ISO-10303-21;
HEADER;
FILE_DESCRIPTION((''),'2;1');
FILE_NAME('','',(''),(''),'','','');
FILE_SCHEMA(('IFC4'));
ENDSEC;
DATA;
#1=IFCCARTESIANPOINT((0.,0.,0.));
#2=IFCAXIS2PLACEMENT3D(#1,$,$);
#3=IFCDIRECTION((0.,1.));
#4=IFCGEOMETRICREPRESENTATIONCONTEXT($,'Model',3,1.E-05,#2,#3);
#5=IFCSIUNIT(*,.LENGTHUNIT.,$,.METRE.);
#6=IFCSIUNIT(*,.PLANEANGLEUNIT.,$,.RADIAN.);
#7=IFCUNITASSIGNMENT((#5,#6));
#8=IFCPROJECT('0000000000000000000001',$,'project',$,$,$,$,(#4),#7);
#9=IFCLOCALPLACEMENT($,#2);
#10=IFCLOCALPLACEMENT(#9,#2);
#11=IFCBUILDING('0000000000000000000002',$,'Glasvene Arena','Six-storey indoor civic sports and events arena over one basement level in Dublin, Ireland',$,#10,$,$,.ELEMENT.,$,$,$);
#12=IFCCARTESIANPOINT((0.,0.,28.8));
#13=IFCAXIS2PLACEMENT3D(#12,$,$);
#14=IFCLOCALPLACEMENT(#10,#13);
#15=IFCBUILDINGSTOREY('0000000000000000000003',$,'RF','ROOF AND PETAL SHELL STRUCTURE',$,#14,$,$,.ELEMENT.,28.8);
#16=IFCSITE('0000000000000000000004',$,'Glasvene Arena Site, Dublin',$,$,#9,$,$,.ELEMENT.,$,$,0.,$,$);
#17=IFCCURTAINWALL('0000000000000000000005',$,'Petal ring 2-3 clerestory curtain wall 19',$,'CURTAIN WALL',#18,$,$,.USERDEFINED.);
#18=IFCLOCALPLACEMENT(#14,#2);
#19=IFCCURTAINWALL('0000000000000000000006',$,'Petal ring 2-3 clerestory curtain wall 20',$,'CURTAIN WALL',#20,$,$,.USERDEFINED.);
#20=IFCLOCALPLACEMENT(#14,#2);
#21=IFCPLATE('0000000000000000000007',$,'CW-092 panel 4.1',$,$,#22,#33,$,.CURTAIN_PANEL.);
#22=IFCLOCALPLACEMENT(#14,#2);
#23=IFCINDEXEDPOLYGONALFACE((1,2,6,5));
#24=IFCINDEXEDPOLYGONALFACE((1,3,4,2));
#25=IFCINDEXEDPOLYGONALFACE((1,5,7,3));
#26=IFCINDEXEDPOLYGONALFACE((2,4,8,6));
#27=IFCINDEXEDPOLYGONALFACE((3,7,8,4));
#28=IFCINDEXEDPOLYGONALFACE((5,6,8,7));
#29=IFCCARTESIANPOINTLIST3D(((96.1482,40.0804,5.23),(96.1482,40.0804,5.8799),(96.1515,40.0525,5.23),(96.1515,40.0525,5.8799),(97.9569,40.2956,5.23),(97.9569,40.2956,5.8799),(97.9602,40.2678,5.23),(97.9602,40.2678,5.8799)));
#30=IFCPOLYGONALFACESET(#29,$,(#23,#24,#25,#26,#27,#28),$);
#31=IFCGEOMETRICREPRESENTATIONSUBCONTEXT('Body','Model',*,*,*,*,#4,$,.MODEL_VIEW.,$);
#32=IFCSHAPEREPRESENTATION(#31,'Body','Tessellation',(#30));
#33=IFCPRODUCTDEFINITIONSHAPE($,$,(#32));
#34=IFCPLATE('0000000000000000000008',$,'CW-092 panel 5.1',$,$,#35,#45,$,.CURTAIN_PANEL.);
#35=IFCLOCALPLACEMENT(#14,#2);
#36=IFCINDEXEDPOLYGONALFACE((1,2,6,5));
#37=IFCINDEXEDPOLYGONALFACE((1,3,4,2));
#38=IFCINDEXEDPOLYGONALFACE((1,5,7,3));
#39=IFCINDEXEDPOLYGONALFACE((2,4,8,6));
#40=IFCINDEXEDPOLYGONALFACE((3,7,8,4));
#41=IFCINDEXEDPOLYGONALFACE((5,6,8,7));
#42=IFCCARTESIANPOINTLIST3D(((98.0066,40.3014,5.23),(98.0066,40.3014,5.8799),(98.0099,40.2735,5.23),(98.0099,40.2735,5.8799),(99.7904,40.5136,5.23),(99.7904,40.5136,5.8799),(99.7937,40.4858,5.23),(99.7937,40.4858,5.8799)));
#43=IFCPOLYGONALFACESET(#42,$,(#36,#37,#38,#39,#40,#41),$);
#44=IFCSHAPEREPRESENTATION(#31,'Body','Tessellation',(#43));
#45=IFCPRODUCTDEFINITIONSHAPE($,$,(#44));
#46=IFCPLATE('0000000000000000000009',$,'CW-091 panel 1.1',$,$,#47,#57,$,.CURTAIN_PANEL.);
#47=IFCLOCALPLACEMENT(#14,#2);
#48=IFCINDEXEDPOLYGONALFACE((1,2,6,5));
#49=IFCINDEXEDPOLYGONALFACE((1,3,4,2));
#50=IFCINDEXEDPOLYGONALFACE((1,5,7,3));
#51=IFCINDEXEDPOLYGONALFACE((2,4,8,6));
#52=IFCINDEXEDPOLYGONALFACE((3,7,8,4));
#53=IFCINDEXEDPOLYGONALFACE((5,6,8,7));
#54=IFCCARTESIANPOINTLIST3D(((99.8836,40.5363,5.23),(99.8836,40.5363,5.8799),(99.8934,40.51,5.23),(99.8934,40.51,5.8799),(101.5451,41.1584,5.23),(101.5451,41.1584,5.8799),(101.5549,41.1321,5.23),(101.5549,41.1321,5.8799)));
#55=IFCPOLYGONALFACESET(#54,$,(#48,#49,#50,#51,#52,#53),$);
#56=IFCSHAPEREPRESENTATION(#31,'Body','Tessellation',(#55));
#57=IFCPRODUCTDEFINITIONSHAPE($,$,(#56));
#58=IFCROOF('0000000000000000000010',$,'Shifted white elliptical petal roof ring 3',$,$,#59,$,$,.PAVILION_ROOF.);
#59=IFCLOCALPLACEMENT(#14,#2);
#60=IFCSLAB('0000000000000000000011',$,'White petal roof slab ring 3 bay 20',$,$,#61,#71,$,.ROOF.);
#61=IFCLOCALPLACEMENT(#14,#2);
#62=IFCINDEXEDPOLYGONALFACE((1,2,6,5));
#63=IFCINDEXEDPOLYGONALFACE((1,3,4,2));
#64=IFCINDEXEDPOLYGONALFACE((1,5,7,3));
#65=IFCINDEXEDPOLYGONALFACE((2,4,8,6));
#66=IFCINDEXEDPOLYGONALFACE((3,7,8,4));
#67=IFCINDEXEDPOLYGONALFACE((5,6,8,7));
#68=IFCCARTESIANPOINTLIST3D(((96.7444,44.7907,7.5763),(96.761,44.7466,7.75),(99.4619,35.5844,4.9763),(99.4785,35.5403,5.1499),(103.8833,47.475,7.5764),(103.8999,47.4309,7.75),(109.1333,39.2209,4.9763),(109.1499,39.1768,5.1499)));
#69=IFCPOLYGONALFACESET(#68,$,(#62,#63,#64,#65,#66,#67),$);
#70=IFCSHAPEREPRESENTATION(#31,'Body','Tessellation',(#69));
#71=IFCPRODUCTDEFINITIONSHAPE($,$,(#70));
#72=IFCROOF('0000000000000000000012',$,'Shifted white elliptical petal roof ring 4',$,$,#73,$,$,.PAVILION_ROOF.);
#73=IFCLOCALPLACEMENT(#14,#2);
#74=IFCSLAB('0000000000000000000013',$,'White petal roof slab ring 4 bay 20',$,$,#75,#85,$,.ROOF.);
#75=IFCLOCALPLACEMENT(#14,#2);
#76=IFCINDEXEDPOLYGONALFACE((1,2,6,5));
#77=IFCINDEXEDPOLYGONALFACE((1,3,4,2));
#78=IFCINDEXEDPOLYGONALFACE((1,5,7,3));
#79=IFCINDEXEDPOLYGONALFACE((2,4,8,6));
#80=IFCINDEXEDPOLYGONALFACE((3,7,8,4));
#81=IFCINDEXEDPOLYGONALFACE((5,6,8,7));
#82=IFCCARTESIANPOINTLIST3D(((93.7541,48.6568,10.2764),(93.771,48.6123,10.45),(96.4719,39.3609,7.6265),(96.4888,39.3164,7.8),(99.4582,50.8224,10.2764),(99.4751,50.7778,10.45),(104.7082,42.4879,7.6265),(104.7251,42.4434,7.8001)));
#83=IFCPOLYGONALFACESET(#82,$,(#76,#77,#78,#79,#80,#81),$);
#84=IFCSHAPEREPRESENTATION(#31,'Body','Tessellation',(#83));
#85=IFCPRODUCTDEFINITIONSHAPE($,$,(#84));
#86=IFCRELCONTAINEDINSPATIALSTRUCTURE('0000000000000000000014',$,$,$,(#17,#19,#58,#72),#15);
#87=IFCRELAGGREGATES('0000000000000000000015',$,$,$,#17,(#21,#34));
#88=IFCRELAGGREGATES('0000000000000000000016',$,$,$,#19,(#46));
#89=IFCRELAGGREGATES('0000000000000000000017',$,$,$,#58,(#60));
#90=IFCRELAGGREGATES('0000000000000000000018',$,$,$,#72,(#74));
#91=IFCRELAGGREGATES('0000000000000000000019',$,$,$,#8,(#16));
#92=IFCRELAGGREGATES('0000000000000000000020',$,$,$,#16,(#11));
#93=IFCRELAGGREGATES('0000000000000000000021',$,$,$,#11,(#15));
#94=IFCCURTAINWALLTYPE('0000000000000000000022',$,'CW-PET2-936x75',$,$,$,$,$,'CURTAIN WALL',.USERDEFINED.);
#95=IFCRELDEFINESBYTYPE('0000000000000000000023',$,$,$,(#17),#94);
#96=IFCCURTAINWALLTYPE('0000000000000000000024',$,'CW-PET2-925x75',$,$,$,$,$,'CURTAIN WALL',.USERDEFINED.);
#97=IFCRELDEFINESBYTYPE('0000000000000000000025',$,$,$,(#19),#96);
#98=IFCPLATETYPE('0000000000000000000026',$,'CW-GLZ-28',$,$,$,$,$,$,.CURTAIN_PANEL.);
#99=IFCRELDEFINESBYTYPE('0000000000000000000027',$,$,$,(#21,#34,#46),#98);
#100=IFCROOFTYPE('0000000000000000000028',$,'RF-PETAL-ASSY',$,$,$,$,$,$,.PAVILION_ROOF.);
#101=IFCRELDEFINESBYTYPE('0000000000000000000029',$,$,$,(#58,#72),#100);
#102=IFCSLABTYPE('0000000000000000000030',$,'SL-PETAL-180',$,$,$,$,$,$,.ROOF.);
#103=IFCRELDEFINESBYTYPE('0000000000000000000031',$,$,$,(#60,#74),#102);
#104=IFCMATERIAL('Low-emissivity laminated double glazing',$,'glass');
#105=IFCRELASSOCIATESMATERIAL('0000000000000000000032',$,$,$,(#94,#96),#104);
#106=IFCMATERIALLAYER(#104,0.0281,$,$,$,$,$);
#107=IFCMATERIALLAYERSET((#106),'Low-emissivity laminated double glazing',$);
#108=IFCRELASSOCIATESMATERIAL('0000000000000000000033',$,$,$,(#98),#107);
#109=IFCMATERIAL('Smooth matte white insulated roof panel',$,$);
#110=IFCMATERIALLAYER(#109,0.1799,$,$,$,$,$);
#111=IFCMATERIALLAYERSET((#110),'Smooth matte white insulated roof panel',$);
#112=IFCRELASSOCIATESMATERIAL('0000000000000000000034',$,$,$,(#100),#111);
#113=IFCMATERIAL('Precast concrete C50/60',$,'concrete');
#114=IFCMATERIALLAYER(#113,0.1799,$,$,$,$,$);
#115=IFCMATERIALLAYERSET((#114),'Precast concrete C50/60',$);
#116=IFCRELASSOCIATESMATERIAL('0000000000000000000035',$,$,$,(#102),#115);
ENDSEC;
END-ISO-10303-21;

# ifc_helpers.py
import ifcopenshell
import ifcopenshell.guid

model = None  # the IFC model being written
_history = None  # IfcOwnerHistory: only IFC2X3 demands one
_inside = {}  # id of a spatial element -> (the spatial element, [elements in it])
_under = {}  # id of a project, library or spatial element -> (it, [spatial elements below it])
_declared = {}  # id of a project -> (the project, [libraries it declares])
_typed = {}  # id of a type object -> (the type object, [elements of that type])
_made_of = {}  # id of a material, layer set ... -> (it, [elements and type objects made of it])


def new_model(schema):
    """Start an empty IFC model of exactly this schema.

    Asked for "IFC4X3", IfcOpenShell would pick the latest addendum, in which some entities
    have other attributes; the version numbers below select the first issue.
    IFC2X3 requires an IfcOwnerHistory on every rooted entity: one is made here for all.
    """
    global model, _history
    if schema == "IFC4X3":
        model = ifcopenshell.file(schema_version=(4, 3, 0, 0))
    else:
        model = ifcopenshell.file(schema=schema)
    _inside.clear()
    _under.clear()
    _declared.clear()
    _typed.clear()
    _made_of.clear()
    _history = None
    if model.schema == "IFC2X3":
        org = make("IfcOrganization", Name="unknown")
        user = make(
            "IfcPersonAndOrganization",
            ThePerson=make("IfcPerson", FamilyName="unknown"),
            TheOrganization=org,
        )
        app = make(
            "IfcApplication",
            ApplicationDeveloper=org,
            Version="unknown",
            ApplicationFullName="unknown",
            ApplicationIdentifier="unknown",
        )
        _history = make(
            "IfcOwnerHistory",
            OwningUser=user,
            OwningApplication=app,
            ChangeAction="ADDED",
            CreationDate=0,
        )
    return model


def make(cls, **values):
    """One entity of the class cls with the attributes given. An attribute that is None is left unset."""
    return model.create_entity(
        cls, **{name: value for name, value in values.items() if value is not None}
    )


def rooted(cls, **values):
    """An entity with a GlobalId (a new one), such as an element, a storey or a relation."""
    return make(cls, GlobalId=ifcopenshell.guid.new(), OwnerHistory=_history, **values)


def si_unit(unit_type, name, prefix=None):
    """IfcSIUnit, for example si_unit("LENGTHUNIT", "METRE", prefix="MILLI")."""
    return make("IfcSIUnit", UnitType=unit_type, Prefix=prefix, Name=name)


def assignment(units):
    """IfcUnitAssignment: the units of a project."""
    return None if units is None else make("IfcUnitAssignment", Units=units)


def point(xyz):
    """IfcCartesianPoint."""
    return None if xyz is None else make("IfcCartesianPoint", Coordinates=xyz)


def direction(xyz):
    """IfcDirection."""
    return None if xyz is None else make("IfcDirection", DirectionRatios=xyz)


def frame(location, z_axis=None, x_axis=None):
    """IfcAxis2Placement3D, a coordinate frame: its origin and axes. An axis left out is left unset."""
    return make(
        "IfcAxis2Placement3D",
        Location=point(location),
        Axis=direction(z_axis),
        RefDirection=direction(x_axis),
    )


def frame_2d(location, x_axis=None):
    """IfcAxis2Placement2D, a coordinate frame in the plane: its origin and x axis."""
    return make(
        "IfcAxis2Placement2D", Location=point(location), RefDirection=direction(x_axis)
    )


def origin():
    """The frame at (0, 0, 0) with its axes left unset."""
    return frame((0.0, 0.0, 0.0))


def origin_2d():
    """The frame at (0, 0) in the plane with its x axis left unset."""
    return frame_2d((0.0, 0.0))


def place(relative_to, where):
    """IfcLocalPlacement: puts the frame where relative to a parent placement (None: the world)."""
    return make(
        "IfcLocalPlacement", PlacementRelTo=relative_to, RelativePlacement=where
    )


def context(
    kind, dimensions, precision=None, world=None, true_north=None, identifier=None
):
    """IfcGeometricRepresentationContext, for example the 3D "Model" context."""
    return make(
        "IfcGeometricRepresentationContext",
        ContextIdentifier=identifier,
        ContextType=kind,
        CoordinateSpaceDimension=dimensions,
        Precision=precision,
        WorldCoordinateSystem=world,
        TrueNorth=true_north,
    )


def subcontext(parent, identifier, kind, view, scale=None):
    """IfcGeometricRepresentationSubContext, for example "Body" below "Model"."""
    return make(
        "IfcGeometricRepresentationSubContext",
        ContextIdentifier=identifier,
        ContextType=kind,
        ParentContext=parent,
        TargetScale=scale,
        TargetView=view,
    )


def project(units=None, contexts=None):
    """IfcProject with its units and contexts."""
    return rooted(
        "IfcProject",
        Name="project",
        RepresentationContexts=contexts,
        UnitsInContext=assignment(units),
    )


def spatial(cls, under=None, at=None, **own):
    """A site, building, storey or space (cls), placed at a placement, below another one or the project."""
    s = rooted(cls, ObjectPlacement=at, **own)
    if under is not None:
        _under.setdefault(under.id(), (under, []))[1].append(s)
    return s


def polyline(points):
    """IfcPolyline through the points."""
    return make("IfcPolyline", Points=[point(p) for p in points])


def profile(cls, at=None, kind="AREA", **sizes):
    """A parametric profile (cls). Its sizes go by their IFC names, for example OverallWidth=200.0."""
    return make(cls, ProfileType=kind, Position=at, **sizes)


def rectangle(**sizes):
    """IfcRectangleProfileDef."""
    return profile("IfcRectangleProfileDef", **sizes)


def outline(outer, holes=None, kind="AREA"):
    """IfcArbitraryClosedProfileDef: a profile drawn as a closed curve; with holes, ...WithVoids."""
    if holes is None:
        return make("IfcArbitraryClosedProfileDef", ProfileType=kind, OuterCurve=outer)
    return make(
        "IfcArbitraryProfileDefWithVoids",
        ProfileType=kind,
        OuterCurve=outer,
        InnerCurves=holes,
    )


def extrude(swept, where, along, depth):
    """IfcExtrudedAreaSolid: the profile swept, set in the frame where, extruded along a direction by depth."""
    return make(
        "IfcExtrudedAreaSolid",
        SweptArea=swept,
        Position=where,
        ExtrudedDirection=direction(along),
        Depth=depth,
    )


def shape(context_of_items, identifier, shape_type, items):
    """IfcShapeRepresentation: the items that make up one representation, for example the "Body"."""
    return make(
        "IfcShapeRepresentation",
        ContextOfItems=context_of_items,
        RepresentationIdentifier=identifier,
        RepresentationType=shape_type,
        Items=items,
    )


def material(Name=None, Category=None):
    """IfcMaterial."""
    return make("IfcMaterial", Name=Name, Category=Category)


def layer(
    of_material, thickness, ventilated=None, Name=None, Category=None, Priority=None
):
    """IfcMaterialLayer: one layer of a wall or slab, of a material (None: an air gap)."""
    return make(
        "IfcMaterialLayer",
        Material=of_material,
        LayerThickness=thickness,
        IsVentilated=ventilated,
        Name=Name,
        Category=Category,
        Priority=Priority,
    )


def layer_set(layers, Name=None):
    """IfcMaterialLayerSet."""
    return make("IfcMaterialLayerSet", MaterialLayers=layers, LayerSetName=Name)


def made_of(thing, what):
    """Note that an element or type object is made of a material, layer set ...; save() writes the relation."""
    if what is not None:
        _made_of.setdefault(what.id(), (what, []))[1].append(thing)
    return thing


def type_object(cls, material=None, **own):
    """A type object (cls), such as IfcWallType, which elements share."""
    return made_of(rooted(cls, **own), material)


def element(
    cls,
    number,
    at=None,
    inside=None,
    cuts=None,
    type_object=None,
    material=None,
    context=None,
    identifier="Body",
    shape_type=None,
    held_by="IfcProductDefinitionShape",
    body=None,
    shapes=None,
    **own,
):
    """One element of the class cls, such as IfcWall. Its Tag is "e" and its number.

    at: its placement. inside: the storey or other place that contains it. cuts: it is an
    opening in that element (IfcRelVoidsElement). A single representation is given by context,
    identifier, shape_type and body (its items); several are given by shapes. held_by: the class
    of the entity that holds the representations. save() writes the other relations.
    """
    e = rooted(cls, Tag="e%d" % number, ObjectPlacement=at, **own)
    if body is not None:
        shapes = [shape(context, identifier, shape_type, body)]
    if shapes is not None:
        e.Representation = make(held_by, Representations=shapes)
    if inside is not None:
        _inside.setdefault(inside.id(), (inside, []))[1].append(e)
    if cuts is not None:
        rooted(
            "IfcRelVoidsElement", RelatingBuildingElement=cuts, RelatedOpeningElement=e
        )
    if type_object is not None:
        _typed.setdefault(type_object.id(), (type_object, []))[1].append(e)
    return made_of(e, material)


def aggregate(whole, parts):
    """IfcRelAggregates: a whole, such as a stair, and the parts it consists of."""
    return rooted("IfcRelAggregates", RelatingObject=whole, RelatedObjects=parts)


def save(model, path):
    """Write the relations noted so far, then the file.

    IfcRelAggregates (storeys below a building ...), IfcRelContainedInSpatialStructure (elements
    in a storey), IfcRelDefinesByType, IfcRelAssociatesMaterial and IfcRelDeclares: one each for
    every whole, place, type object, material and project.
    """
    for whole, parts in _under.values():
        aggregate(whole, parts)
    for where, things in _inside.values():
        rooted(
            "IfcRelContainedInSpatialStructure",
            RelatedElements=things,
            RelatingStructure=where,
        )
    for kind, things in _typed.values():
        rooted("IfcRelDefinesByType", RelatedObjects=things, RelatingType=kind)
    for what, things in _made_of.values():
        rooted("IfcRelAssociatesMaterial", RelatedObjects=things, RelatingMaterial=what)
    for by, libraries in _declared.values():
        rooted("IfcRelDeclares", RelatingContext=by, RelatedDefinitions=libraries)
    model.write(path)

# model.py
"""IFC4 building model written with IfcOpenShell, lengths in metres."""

from ifc_helpers import new_model, si_unit, direction, frame, origin, origin_2d, place, context, subcontext, project, spatial, polyline, rectangle, outline, extrude, material, layer, layer_set, type_object, element, aggregate, save


model = new_model("IFC4")

# Units and contexts
model_context = context("Model", 3, precision=1e-05, world=origin(), true_north=direction((0.0, 1.0)))
body_context = subcontext(model_context, "Body", "Model", "MODEL_VIEW")
ifc_project = project(units=[si_unit("LENGTHUNIT", "METRE"), si_unit("PLANEANGLEUNIT", "RADIAN")], contexts=[model_context])

# Site, building, storey
site_placement = place(None, origin())
site = spatial("IfcSite", under=ifc_project, at=site_placement, Name="Glasvene Arena Site, Dublin", CompositionType="ELEMENT", RefElevation=0.0)
building_placement = place(site_placement, origin())
building = spatial("IfcBuilding", under=site, at=building_placement, Name="Glasvene Arena", Description="Six-storey indoor civic sports and events arena over one basement level in Dublin, Ireland", CompositionType="ELEMENT")
storey_placement = place(building_placement, frame((0.0, 0.0, 28.8)))
storey = spatial("IfcBuildingStorey", under=building, at=storey_placement, Name="RF", Description="ROOF AND PETAL SHELL STRUCTURE", CompositionType="ELEMENT", Elevation=28.8)

# Curtain walls
ifc_material_1 = material(Name="Low-emissivity laminated double glazing", Category="glass")
curtain_wall_type_1 = type_object("IfcCurtainWallType", Name="CW-PET2-936x75", ElementType="CURTAIN WALL", PredefinedType="USERDEFINED", material=ifc_material_1)
curtain_wall_1_placement = place(storey_placement, frame((90.55, 39.3999, 0.0)))
curtain_wall_1 = element("IfcCurtainWall", 1, at=curtain_wall_1_placement, inside=storey, type_object=curtain_wall_type_1, Name="Petal ring 2-3 clerestory curtain wall 19", ObjectType="CURTAIN WALL", PredefinedType="USERDEFINED")
curtain_wall_type_2 = type_object("IfcCurtainWallType", Name="CW-PET2-925x75", ElementType="CURTAIN WALL", PredefinedType="USERDEFINED", material=ifc_material_1)
curtain_wall_2_placement = place(storey_placement, frame((99.8416, 40.5056, 0.0)))
curtain_wall_2 = element("IfcCurtainWall", 2, at=curtain_wall_2_placement, inside=storey, type_object=curtain_wall_type_2, Name="Petal ring 2-3 clerestory curtain wall 20", ObjectType="CURTAIN WALL", PredefinedType="USERDEFINED")

# Plates
ifc_layer_1 = layer(ifc_material_1, 0.0281)
ifc_layer_set_1 = layer_set([ifc_layer_1], Name="Low-emissivity laminated double glazing")
plate_type = type_object("IfcPlateType", Name="CW-GLZ-28", PredefinedType="CURTAIN_PANEL", material=ifc_layer_set_1)
plate_1_placement = place(storey_placement, frame((97.0542, 40.1741, 5.23), z_axis=(0.0, 0.0, 1.0), x_axis=(0.992994, 0.118166, 0.0)))
plate_1 = element("IfcPlate", 3, at=plate_1_placement, type_object=plate_type, Name="CW-092 panel 4.1", PredefinedType="CURTAIN_PANEL", context=body_context, shape_type="SweptSolid", body=[
    extrude(rectangle(XDim=1.8215, YDim=0.0281, at=origin_2d()), origin(), (0.0, 0.0, 1.0), 0.6499),
])
plate_2_placement = place(storey_placement, frame((98.9001, 40.3936, 5.23), z_axis=(0.0, 0.0, 1.0), x_axis=(0.992994, 0.118166, 0.0)))
plate_2 = element("IfcPlate", 4, at=plate_2_placement, type_object=plate_type, Name="CW-092 panel 5.1", PredefinedType="CURTAIN_PANEL", context=body_context, shape_type="SweptSolid", body=[
    extrude(rectangle(XDim=1.7964, YDim=0.0281, at=origin_2d()), origin(), (0.0, 0.0, 1.0), 0.6499),
])
aggregate(curtain_wall_1, [plate_1, plate_2])
plate_3_placement = place(storey_placement, frame((100.7192, 40.8342, 5.23), z_axis=(0.0, 0.0, 1.0), x_axis=(0.93651, 0.35064, 0.0)))
plate_3 = element("IfcPlate", 5, at=plate_3_placement, type_object=plate_type, Name="CW-091 panel 1.1", PredefinedType="CURTAIN_PANEL", context=body_context, shape_type="SweptSolid", body=[
    extrude(rectangle(XDim=1.7742, YDim=0.0281, at=origin_2d()), origin(), (0.0, 0.0, 1.0), 0.6499),
])
aggregate(curtain_wall_2, [plate_3])

# Roofs, slabs
ifc_material_2 = material(Name="Smooth matte white insulated roof panel")
ifc_layer_2 = layer(ifc_material_2, 0.1799)
ifc_layer_set_2 = layer_set([ifc_layer_2], Name="Smooth matte white insulated roof panel")
roof_type = type_object("IfcRoofType", Name="RF-PETAL-ASSY", PredefinedType="PAVILION_ROOF", material=ifc_layer_set_2)
roof_1_placement = place(storey_placement, frame((89.1001, 70.7, 5.1499)))
roof_1 = element("IfcRoof", 6, at=roof_1_placement, inside=storey, type_object=roof_type, Name="Shifted white elliptical petal roof ring 3", PredefinedType="PAVILION_ROOF")
ifc_material_3 = material(Name="Precast concrete C50/60", Category="concrete")
ifc_layer_3 = layer(ifc_material_3, 0.1799)
ifc_layer_set_3 = layer_set([ifc_layer_3], Name="Precast concrete C50/60")
slab_type = type_object("IfcSlabType", Name="SL-PETAL-180", PredefinedType="ROOF", material=ifc_layer_set_3)
slab_1_placement = place(storey_placement, frame((99.4785, 35.5403, 5.1499), z_axis=(0.092243, -0.245323, 0.965043), x_axis=(0.93602, 0.351947, -0.000001)))
slab_1 = element("IfcSlab", 7, at=slab_1_placement, type_object=slab_type, Name="White petal roof slab ring 3 bay 20", PredefinedType="ROOF", context=body_context, shape_type="SweptSolid", body=[
    extrude(outline(polyline([(0.0, 0.0), (10.3325, 0.0), (8.3234, 9.9206), (0.6965, 9.9205), (0.0, 0.0)])), origin(), (0.0, 0.0, -1.0), 0.1799),
])
aggregate(roof_1, [slab_1])
roof_2_placement = place(storey_placement, frame((87.6499, 69.55, 7.8)))
roof_2 = element("IfcRoof", 8, at=roof_2_placement, inside=storey, type_object=roof_type, Name="Shifted white elliptical petal roof ring 4", PredefinedType="PAVILION_ROOF")
slab_2_placement = place(storey_placement, frame((96.4888, 39.3164, 7.8), z_axis=(0.093938, -0.247433, 0.96434), x_axis=(0.934891, 0.354935, 0.000001)))
slab_2 = element("IfcSlab", 9, at=slab_2_placement, type_object=slab_type, Name="White petal roof slab ring 4 bay 20", PredefinedType="ROOF", context=body_context, shape_type="SweptSolid", body=[
    extrude(outline(polyline([(0.0, 0.0), (8.8099, 0.0), (6.86, 10.0123), (0.7586, 10.0123), (0.0, 0.0)])), origin(), (0.0, 0.0, -1.0), 0.1799),
])
aggregate(roof_2, [slab_2])

save(model, "model.ifc")
